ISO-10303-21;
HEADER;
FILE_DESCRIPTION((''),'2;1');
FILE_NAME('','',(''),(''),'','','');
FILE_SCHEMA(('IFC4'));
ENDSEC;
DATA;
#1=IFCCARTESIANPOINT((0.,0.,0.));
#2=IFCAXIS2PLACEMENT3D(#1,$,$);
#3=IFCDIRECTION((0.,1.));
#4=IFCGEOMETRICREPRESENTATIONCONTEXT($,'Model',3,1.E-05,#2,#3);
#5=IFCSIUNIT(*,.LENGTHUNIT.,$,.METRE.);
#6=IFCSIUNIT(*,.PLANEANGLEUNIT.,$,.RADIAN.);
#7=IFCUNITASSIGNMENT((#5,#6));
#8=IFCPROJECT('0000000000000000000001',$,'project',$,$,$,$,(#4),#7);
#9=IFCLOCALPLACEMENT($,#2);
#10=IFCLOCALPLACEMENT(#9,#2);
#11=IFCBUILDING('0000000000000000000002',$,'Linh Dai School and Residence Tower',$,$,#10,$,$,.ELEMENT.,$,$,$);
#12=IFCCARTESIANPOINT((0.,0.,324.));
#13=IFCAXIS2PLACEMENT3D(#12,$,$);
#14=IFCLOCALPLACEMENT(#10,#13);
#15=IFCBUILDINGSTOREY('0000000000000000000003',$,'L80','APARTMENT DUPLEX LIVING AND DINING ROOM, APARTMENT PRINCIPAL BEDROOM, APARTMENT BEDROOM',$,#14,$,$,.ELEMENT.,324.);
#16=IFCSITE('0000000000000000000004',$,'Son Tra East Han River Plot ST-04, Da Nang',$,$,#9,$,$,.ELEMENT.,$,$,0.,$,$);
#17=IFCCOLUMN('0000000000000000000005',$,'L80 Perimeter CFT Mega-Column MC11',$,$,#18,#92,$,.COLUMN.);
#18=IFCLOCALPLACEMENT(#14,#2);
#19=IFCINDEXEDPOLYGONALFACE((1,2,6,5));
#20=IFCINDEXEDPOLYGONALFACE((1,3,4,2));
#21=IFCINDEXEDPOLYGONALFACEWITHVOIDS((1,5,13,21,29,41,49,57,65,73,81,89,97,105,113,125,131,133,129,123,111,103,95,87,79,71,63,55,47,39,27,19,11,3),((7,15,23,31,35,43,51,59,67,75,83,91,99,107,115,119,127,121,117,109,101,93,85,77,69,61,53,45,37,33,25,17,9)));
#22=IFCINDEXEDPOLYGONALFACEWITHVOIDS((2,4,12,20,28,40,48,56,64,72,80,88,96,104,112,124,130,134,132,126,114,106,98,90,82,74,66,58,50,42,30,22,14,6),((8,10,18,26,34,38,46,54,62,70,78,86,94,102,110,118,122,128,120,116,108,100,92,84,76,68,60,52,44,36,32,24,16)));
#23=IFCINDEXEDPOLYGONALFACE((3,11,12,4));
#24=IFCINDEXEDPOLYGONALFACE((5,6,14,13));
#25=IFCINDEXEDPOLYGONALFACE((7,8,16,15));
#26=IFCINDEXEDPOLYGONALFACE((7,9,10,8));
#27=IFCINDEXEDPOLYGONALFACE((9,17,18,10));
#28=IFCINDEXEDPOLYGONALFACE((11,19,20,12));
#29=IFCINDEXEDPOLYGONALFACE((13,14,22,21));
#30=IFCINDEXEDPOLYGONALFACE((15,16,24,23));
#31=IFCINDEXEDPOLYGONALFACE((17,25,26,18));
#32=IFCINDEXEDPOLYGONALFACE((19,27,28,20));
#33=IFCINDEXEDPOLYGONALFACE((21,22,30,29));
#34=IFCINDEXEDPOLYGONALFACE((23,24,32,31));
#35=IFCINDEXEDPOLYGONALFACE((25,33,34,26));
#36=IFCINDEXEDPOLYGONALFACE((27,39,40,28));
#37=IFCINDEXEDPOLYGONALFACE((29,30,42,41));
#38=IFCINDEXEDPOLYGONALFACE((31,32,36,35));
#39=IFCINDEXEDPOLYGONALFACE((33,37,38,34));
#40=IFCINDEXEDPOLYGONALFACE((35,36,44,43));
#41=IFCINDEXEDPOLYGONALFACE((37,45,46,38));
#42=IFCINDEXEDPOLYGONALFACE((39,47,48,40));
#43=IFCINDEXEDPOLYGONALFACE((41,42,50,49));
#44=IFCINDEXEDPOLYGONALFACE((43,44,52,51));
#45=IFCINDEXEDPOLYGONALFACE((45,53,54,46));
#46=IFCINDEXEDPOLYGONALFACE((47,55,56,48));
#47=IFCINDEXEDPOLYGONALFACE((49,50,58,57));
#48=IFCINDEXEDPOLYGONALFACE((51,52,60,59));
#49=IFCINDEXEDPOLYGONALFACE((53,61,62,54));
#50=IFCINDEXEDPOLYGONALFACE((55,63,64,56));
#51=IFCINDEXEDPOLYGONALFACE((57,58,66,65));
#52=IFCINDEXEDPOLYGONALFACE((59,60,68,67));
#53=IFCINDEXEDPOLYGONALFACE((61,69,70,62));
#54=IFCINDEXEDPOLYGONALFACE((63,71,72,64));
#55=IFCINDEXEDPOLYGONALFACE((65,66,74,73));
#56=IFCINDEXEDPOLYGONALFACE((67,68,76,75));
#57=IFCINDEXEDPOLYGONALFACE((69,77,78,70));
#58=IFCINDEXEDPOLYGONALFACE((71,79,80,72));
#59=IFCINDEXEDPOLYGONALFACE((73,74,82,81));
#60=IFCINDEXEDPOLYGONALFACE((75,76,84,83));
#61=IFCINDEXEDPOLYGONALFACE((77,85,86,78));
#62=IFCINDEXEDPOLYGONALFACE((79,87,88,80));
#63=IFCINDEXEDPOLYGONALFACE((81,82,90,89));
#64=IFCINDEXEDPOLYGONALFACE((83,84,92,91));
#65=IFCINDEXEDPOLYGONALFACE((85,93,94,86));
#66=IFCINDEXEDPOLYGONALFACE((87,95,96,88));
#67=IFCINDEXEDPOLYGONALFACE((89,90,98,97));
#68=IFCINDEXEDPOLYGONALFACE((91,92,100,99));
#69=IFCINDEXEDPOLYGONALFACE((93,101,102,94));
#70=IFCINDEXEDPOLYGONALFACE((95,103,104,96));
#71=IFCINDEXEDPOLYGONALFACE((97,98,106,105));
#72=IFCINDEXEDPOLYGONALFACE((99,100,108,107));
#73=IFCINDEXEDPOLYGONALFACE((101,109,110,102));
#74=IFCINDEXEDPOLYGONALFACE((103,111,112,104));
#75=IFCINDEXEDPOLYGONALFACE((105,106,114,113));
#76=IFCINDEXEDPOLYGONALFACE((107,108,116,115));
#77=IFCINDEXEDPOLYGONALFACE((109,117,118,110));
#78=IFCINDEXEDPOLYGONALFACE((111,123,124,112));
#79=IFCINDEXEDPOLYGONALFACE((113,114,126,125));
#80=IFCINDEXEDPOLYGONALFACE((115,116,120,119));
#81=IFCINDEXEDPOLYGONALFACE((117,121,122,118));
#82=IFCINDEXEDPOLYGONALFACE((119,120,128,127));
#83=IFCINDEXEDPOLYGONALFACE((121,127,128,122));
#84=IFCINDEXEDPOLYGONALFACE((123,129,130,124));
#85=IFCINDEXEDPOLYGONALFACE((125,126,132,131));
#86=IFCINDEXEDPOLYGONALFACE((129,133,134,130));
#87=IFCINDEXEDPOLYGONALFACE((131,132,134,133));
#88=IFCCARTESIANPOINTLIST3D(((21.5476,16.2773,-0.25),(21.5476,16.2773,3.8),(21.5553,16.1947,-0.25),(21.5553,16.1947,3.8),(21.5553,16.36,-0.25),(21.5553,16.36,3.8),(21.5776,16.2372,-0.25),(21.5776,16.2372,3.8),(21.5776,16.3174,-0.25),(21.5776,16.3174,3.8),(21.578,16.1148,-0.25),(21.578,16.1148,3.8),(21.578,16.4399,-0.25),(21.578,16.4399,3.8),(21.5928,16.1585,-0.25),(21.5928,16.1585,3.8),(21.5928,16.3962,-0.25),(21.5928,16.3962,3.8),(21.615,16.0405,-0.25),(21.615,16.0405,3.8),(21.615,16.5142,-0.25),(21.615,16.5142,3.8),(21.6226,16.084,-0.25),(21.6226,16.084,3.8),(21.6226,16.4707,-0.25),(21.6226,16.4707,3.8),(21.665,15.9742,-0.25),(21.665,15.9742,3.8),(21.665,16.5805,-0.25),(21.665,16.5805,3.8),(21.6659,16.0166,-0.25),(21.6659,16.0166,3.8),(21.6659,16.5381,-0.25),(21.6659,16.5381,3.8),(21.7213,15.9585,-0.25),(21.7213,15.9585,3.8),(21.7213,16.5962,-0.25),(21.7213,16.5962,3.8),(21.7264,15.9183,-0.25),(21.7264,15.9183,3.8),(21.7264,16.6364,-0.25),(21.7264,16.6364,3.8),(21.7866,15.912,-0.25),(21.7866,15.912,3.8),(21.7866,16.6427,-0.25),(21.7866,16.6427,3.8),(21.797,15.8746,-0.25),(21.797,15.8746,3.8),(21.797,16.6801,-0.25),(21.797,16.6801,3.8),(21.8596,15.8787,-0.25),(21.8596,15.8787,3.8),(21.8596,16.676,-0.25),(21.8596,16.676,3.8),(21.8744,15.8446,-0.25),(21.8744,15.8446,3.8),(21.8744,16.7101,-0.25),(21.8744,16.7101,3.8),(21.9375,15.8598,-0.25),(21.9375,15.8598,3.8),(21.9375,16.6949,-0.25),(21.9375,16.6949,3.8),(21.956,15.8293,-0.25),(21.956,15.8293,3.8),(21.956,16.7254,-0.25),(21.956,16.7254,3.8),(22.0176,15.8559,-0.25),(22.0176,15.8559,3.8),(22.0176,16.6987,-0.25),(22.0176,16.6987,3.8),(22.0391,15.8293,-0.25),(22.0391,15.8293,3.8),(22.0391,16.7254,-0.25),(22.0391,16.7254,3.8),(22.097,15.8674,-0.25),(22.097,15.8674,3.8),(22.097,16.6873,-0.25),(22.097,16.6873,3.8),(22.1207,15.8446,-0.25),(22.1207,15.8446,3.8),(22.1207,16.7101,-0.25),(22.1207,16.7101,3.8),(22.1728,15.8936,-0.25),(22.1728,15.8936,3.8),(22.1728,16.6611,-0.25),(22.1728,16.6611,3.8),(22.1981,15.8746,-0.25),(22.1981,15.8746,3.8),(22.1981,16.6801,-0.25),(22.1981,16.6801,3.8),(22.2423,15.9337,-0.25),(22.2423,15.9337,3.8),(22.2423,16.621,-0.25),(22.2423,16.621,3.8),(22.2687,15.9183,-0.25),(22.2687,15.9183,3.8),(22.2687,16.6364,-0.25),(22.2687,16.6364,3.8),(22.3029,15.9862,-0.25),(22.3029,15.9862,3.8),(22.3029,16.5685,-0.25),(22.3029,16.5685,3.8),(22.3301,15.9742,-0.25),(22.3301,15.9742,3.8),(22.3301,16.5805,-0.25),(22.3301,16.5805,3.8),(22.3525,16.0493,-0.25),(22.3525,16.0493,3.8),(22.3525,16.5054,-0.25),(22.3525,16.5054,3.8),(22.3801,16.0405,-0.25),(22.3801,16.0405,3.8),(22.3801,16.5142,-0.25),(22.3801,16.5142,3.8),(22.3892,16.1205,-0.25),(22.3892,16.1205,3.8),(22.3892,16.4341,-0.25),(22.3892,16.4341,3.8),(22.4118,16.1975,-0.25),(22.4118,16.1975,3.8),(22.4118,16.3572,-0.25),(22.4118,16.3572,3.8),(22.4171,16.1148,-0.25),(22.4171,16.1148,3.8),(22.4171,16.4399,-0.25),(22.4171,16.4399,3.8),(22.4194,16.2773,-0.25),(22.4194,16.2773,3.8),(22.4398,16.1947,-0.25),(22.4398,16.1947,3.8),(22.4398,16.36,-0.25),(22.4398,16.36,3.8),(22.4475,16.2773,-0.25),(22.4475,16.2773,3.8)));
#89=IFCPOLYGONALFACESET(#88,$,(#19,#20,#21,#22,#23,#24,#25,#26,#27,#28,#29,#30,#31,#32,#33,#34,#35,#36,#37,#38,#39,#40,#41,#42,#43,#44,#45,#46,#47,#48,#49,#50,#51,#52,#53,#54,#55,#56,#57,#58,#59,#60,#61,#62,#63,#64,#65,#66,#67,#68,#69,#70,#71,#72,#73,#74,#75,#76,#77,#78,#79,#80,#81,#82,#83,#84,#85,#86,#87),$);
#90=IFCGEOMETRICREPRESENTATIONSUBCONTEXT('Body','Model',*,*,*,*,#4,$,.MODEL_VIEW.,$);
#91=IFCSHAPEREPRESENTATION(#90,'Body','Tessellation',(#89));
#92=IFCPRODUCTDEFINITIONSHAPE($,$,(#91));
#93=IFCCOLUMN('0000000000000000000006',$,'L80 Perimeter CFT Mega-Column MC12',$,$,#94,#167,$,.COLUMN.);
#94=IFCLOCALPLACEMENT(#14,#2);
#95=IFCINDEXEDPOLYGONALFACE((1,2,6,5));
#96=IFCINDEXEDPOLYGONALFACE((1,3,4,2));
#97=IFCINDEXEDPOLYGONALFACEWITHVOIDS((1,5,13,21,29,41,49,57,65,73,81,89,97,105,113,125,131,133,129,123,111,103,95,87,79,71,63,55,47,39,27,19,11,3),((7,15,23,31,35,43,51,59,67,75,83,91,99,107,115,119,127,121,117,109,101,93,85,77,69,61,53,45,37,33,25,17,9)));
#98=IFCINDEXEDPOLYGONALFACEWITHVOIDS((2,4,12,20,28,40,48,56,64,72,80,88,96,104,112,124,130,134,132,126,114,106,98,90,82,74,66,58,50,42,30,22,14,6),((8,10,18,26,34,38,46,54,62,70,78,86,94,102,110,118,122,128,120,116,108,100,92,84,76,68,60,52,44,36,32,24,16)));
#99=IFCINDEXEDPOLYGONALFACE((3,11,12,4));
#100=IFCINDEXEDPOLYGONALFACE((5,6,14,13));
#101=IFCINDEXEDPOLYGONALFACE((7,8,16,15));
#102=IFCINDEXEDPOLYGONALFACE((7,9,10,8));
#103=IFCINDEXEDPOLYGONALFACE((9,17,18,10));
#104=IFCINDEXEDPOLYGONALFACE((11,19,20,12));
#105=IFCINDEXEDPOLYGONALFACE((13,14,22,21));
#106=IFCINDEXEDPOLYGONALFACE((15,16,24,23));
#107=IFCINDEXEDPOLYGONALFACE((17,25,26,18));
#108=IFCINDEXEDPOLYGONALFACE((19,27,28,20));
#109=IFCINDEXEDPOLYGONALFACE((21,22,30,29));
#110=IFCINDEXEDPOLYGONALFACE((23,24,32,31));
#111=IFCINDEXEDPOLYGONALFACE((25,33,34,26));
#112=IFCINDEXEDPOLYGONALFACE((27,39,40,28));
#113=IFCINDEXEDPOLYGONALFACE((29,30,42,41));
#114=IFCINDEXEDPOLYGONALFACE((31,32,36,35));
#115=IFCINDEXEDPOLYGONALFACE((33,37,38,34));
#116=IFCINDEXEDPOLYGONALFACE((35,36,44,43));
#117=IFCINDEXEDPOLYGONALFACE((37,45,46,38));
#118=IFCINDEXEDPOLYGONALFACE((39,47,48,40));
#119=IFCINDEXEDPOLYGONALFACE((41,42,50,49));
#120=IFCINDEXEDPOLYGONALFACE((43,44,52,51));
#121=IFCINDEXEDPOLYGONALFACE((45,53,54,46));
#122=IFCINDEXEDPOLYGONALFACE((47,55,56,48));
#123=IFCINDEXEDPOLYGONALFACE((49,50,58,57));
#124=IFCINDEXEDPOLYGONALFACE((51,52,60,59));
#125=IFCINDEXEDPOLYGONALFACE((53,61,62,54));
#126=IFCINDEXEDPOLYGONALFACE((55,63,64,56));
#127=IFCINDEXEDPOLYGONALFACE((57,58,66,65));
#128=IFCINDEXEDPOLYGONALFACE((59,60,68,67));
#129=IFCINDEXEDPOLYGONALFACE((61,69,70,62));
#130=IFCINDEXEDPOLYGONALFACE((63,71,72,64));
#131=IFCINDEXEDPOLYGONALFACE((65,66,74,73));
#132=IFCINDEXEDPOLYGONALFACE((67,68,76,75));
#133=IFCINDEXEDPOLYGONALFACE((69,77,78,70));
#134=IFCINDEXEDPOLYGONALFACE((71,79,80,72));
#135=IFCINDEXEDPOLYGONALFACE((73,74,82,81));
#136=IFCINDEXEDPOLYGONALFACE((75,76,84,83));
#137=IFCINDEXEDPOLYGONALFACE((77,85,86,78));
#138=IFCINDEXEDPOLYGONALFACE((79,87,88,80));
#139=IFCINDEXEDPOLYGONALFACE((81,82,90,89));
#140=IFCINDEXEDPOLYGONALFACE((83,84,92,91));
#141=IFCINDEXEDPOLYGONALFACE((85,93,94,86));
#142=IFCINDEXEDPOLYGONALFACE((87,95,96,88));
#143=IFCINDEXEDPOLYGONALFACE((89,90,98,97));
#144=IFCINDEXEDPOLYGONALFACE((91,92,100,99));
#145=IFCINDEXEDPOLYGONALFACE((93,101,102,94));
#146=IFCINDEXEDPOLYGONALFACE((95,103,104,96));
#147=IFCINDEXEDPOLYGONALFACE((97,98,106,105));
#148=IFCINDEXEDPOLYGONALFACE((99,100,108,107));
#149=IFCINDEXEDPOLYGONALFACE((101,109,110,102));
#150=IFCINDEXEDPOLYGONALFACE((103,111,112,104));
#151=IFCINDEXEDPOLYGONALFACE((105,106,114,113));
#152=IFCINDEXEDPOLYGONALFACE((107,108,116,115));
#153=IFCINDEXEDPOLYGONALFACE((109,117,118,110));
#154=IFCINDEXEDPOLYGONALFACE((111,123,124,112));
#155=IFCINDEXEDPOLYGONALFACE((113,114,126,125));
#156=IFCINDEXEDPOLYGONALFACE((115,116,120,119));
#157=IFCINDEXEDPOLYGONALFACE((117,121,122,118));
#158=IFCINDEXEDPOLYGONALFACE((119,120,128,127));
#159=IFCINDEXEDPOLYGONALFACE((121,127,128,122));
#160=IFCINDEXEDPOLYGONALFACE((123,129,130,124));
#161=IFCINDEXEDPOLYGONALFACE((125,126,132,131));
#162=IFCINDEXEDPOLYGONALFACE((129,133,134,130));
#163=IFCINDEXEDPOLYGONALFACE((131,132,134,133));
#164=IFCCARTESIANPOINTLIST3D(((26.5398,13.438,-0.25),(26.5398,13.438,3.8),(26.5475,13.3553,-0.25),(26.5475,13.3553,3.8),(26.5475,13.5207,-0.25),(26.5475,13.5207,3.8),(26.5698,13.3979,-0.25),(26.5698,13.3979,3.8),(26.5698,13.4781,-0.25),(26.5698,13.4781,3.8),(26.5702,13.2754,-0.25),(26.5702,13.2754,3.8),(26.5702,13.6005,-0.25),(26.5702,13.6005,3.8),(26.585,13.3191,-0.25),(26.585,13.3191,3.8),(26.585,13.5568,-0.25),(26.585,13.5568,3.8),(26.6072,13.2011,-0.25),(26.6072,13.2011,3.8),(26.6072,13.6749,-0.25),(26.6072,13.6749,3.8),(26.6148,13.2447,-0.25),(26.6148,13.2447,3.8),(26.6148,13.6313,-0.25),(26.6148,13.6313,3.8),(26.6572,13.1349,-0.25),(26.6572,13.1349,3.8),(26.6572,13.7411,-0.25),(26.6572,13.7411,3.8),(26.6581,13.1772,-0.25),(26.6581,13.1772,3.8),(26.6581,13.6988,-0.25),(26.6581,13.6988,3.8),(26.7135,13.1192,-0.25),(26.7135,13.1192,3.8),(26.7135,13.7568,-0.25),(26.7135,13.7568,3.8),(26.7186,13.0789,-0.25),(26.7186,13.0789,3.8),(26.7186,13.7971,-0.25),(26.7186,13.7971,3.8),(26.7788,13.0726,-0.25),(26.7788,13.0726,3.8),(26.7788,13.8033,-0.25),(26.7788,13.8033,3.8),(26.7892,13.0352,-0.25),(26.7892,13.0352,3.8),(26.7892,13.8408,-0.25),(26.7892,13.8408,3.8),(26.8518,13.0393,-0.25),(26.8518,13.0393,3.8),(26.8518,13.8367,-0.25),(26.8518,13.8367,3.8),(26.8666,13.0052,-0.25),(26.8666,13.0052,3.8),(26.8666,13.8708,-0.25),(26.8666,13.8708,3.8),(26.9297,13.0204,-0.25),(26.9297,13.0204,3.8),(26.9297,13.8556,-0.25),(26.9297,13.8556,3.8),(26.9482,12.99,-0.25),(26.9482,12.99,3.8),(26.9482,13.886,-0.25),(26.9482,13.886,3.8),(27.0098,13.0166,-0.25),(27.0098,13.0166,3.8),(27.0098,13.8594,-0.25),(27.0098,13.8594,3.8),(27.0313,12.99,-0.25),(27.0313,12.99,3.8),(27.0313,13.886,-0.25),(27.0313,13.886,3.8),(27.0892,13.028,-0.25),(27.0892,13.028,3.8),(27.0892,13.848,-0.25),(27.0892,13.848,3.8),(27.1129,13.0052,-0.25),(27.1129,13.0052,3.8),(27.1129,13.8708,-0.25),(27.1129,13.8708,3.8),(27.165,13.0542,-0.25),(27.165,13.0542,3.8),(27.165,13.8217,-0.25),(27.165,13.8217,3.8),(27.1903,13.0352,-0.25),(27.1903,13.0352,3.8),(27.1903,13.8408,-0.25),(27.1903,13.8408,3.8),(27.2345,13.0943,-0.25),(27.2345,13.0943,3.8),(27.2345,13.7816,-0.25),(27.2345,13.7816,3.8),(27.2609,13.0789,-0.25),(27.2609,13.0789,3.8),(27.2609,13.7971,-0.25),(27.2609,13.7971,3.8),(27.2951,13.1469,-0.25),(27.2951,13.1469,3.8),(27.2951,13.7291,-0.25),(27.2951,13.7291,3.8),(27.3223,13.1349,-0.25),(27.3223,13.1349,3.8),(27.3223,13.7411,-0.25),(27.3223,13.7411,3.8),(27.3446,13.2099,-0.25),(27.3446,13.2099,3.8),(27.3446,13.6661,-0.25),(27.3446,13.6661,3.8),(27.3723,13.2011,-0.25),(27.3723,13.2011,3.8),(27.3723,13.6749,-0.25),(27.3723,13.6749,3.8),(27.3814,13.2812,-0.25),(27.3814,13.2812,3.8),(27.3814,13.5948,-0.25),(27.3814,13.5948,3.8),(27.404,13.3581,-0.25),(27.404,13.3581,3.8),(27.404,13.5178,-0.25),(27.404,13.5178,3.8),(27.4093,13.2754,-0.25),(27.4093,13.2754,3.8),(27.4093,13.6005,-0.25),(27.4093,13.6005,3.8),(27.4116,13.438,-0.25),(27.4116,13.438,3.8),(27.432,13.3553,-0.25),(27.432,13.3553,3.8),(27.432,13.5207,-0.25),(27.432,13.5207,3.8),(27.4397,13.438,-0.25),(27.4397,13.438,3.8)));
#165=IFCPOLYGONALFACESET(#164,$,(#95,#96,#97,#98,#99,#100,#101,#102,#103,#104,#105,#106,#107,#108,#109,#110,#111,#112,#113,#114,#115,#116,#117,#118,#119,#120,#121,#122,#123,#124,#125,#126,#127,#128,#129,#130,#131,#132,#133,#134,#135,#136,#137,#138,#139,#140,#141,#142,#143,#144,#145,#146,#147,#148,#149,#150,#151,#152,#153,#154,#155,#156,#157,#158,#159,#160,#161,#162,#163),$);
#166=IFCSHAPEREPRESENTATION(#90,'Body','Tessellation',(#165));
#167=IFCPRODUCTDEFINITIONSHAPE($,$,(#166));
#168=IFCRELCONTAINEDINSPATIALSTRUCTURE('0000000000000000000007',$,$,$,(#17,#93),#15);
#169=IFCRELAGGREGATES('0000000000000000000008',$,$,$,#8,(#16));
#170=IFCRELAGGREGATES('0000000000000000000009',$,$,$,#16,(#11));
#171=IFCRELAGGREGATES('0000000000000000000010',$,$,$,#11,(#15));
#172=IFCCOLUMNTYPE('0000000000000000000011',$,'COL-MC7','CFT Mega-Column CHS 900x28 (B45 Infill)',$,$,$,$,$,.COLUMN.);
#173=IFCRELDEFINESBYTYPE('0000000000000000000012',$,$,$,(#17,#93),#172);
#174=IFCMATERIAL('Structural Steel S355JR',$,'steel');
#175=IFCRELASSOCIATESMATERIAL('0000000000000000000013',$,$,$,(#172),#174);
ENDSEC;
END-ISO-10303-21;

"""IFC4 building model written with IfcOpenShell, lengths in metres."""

from ifc_helpers import new_model, si_unit, direction, frame, origin, origin_2d, place, context, subcontext, project, spatial, hollow_circle, extrude, material, material_profile, profile_set, type_object, element, save


model = new_model("IFC4")

# Units and contexts
model_context = context("Model", 3, precision=1e-05, world=origin(), true_north=direction((0.0, 1.0)))
body_context = subcontext(model_context, "Body", "Model", "MODEL_VIEW")
ifc_project = project(units=[si_unit("LENGTHUNIT", "METRE"), si_unit("PLANEANGLEUNIT", "RADIAN")], contexts=[model_context])

# Site, building, storey
site_placement = place(None, origin())
site = spatial("IfcSite", under=ifc_project, at=site_placement, Name="Son Tra East Han River Plot ST-04, Da Nang", CompositionType="ELEMENT", RefElevation=0.0)
building_placement = place(site_placement, origin())
building = spatial("IfcBuilding", under=site, at=building_placement, Name="Linh Dai School and Residence Tower", CompositionType="ELEMENT")
storey_placement = place(building_placement, frame((0.0, 0.0, 324.0)))
storey = spatial("IfcBuildingStorey", under=building, at=storey_placement, Name="L80", Description="APARTMENT DUPLEX LIVING AND DINING ROOM, APARTMENT PRINCIPAL BEDROOM, APARTMENT BEDROOM", CompositionType="ELEMENT", Elevation=324.0)

# Columns
ifc_material_1 = material(Name="Structural Steel S355JR", Category="steel")
ifc_material_profile_1 = material_profile(ifc_material_1, hollow_circle(Radius=0.45, WallThickness=0.0281, at=origin_2d()), Name="CHS 900x28")
ifc_profile_set_1 = profile_set([ifc_material_profile_1], Name="Structural Steel S355JR")
column_type = type_object("IfcColumnType", Name="COL-MC7", Description="CFT Mega-Column CHS 900x28 (B45 Infill)", PredefinedType="COLUMN", material=ifc_profile_set_1)
for number, where, z_axis, x_axis, name in (
    (1, (21.9976, 16.2773, -0.25), (0.0, 0.0, 1.0), (1.0, 0.0, 0.0), "L80 Perimeter CFT Mega-Column MC11"),
    (2, (26.9897, 13.438, -0.25), (0.0, 0.0, 1.0), (1.0, 0.0, 0.0), "L80 Perimeter CFT Mega-Column MC12"),
):
    element("IfcColumn", number, at=place(storey_placement, frame(where, z_axis=z_axis, x_axis=x_axis)), inside=storey, type_object=column_type, Name=name, PredefinedType="COLUMN", context=body_context, shape_type="SweptSolid", body=[
        extrude(hollow_circle(Radius=0.45, WallThickness=0.0281, at=origin_2d()), origin(), (0.0, 0.0, 1.0), 4.05),
    ])

save(model, "model.ifc")
